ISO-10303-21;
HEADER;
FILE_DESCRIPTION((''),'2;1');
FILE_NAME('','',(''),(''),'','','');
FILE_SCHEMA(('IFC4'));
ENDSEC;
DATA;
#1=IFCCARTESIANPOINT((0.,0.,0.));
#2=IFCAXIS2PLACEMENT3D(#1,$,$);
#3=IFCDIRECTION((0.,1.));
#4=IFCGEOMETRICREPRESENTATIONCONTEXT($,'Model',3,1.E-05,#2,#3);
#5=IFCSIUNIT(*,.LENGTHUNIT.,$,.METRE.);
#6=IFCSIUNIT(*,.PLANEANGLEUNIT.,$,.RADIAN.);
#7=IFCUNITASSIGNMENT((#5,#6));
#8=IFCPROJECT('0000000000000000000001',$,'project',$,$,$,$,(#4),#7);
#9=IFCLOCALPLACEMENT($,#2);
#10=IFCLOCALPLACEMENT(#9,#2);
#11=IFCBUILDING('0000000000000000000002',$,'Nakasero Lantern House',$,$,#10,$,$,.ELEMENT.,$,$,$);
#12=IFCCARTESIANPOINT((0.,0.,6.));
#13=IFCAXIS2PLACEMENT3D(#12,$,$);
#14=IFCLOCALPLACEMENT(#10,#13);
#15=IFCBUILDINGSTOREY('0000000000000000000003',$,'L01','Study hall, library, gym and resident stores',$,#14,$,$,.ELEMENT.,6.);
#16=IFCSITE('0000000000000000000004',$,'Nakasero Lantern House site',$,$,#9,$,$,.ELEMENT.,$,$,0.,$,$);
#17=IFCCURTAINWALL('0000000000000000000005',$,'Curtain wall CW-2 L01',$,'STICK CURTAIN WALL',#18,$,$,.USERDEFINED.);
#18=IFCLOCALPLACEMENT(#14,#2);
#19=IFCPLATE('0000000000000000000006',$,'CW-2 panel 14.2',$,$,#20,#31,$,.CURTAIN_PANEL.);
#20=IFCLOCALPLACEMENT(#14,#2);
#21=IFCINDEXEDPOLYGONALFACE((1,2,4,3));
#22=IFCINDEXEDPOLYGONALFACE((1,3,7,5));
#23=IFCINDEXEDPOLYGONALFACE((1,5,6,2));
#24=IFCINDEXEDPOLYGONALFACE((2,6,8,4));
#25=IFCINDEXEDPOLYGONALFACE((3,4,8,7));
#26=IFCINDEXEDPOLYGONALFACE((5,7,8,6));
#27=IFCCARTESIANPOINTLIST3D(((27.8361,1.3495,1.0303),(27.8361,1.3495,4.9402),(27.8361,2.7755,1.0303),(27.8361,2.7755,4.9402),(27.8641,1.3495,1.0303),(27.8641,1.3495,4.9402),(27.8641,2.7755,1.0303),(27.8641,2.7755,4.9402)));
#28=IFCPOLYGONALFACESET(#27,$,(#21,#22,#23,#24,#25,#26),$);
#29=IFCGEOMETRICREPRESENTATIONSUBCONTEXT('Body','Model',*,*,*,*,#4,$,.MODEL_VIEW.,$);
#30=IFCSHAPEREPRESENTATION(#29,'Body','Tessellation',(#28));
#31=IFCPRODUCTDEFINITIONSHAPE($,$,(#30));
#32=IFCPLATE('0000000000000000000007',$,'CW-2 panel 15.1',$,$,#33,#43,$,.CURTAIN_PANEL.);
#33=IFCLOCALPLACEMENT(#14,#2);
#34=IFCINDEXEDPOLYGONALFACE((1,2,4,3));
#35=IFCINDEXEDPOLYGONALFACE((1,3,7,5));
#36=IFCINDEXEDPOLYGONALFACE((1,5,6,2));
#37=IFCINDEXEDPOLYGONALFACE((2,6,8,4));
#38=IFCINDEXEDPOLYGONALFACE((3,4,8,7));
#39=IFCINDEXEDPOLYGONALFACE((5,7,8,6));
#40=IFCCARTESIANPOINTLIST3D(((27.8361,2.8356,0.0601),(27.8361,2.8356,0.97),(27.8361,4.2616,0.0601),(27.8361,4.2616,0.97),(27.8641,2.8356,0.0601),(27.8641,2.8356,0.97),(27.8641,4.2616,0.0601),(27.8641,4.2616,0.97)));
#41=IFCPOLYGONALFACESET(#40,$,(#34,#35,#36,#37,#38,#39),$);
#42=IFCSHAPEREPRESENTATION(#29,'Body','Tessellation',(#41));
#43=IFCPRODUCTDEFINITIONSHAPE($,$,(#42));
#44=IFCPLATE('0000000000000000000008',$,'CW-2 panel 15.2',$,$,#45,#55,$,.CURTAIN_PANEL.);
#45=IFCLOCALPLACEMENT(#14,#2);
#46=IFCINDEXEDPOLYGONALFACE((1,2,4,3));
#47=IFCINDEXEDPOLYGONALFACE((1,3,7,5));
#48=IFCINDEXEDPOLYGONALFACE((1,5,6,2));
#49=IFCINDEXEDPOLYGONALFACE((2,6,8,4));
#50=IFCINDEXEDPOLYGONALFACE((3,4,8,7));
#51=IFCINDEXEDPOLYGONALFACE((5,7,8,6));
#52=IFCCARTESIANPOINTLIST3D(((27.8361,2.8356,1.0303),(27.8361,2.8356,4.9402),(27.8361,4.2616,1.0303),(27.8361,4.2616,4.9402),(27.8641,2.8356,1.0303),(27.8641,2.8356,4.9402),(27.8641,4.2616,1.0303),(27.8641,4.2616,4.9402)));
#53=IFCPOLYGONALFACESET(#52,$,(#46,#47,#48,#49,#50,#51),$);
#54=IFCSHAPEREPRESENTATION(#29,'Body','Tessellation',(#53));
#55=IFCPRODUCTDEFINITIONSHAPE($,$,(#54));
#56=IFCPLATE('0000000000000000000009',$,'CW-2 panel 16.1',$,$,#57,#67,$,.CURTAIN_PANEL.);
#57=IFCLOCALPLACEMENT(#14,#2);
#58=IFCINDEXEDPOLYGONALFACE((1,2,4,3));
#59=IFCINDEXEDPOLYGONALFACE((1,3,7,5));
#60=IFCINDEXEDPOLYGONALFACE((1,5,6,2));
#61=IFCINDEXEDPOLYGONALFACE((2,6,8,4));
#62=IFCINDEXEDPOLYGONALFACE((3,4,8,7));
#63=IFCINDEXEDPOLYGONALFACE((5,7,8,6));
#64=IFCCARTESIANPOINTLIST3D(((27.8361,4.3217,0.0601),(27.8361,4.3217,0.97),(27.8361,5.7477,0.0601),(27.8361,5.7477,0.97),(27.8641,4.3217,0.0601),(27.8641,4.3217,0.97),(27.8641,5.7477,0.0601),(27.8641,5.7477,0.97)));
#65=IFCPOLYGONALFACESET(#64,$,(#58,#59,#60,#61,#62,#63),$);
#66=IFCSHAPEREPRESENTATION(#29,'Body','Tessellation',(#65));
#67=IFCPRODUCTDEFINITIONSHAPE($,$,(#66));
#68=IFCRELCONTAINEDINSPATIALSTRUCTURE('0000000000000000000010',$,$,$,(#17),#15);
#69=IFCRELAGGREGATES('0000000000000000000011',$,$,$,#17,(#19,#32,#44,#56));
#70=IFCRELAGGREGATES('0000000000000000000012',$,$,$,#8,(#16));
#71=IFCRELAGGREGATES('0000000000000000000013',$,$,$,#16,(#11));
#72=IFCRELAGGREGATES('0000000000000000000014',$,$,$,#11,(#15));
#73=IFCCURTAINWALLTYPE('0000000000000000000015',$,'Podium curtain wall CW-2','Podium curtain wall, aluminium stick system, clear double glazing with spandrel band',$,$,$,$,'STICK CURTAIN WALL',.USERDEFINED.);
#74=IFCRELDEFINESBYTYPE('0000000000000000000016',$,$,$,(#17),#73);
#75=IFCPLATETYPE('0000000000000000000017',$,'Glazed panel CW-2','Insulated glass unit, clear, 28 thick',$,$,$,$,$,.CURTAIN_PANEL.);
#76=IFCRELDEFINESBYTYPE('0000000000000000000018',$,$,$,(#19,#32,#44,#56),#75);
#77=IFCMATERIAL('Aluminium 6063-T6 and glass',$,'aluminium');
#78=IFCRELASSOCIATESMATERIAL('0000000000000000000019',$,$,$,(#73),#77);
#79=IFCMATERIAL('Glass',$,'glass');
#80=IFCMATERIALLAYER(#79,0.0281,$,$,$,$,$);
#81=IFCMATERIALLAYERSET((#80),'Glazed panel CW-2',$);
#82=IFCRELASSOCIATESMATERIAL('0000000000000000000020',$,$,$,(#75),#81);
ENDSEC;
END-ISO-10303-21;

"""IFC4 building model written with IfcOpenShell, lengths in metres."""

from ifc_helpers import new_model, si_unit, direction, frame, origin, origin_2d, place, context, subcontext, project, spatial, rectangle, extrude, material, layer, layer_set, type_object, element, aggregate, save


model = new_model("IFC4")

# Units and contexts
model_context = context("Model", 3, precision=1e-05, world=origin(), true_north=direction((0.0, 1.0)))
body_context = subcontext(model_context, "Body", "Model", "MODEL_VIEW")
ifc_project = project(units=[si_unit("LENGTHUNIT", "METRE"), si_unit("PLANEANGLEUNIT", "RADIAN")], contexts=[model_context])

# Site, building, storey
site_placement = place(None, origin())
site = spatial("IfcSite", under=ifc_project, at=site_placement, Name="Nakasero Lantern House site", CompositionType="ELEMENT", RefElevation=0.0)
building_placement = place(site_placement, origin())
building = spatial("IfcBuilding", under=site, at=building_placement, Name="Nakasero Lantern House", CompositionType="ELEMENT")
storey_placement = place(building_placement, frame((0.0, 0.0, 6.0)))
storey = spatial("IfcBuildingStorey", under=building, at=storey_placement, Name="L01", Description="Study hall, library, gym and resident stores", CompositionType="ELEMENT", Elevation=6.0)

# Curtain wall
ifc_material_1 = material(Name="Aluminium 6063-T6 and glass", Category="aluminium")
curtain_wall_type = type_object("IfcCurtainWallType", Name="Podium curtain wall CW-2", Description="Podium curtain wall, aluminium stick system, clear double glazing with spandrel band", ElementType="STICK CURTAIN WALL", PredefinedType="USERDEFINED", material=ifc_material_1)
curtain_wall_placement = place(storey_placement, origin())
curtain_wall = element("IfcCurtainWall", 1, at=curtain_wall_placement, inside=storey, type_object=curtain_wall_type, Name="Curtain wall CW-2 L01", ObjectType="STICK CURTAIN WALL", PredefinedType="USERDEFINED")

# Plates
ifc_material_2 = material(Name="Glass", Category="glass")
ifc_layer = layer(ifc_material_2, 0.0281)
ifc_layer_set = layer_set([ifc_layer], Name="Glazed panel CW-2")
plate_type = type_object("IfcPlateType", Name="Glazed panel CW-2", Description="Insulated glass unit, clear, 28 thick", PredefinedType="CURTAIN_PANEL", material=ifc_layer_set)
plate_1_placement = place(storey_placement, frame((27.8501, 2.0625, 1.0303), z_axis=(0.0, 0.0, 1.0), x_axis=(0.0, 1.0, 0.0)))
plate_1 = element("IfcPlate", 2, at=plate_1_placement, type_object=plate_type, Name="CW-2 panel 14.2", PredefinedType="CURTAIN_PANEL", context=body_context, shape_type="SweptSolid", body=[
    extrude(rectangle(XDim=1.426, YDim=0.0281, at=origin_2d()), origin(), (0.0, 0.0, 1.0), 3.9099),
])
plate_2_placement = place(storey_placement, frame((27.8501, 3.5486, 0.0601), z_axis=(0.0, 0.0, 1.0), x_axis=(0.0, 1.0, 0.0)))
plate_2 = element("IfcPlate", 3, at=plate_2_placement, type_object=plate_type, Name="CW-2 panel 15.1", PredefinedType="CURTAIN_PANEL", context=body_context, shape_type="SweptSolid", body=[
    extrude(rectangle(XDim=1.426, YDim=0.0281, at=origin_2d()), origin(), (0.0, 0.0, 1.0), 0.9099),
])
plate_3_placement = place(storey_placement, frame((27.8501, 3.5486, 1.0303), z_axis=(0.0, 0.0, 1.0), x_axis=(0.0, 1.0, 0.0)))
plate_3 = element("IfcPlate", 4, at=plate_3_placement, type_object=plate_type, Name="CW-2 panel 15.2", PredefinedType="CURTAIN_PANEL", context=body_context, shape_type="SweptSolid", body=[
    extrude(rectangle(XDim=1.426, YDim=0.0281, at=origin_2d()), origin(), (0.0, 0.0, 1.0), 3.9099),
])
plate_4_placement = place(storey_placement, frame((27.8501, 5.0347, 0.0601), z_axis=(0.0, 0.0, 1.0), x_axis=(0.0, 1.0, 0.0)))
plate_4 = element("IfcPlate", 5, at=plate_4_placement, type_object=plate_type, Name="CW-2 panel 16.1", PredefinedType="CURTAIN_PANEL", context=body_context, shape_type="SweptSolid", body=[
    extrude(rectangle(XDim=1.426, YDim=0.0281, at=origin_2d()), origin(), (0.0, 0.0, 1.0), 0.9099),
])
aggregate(curtain_wall, [plate_1, plate_2, plate_3, plate_4])

save(model, "model.ifc")
